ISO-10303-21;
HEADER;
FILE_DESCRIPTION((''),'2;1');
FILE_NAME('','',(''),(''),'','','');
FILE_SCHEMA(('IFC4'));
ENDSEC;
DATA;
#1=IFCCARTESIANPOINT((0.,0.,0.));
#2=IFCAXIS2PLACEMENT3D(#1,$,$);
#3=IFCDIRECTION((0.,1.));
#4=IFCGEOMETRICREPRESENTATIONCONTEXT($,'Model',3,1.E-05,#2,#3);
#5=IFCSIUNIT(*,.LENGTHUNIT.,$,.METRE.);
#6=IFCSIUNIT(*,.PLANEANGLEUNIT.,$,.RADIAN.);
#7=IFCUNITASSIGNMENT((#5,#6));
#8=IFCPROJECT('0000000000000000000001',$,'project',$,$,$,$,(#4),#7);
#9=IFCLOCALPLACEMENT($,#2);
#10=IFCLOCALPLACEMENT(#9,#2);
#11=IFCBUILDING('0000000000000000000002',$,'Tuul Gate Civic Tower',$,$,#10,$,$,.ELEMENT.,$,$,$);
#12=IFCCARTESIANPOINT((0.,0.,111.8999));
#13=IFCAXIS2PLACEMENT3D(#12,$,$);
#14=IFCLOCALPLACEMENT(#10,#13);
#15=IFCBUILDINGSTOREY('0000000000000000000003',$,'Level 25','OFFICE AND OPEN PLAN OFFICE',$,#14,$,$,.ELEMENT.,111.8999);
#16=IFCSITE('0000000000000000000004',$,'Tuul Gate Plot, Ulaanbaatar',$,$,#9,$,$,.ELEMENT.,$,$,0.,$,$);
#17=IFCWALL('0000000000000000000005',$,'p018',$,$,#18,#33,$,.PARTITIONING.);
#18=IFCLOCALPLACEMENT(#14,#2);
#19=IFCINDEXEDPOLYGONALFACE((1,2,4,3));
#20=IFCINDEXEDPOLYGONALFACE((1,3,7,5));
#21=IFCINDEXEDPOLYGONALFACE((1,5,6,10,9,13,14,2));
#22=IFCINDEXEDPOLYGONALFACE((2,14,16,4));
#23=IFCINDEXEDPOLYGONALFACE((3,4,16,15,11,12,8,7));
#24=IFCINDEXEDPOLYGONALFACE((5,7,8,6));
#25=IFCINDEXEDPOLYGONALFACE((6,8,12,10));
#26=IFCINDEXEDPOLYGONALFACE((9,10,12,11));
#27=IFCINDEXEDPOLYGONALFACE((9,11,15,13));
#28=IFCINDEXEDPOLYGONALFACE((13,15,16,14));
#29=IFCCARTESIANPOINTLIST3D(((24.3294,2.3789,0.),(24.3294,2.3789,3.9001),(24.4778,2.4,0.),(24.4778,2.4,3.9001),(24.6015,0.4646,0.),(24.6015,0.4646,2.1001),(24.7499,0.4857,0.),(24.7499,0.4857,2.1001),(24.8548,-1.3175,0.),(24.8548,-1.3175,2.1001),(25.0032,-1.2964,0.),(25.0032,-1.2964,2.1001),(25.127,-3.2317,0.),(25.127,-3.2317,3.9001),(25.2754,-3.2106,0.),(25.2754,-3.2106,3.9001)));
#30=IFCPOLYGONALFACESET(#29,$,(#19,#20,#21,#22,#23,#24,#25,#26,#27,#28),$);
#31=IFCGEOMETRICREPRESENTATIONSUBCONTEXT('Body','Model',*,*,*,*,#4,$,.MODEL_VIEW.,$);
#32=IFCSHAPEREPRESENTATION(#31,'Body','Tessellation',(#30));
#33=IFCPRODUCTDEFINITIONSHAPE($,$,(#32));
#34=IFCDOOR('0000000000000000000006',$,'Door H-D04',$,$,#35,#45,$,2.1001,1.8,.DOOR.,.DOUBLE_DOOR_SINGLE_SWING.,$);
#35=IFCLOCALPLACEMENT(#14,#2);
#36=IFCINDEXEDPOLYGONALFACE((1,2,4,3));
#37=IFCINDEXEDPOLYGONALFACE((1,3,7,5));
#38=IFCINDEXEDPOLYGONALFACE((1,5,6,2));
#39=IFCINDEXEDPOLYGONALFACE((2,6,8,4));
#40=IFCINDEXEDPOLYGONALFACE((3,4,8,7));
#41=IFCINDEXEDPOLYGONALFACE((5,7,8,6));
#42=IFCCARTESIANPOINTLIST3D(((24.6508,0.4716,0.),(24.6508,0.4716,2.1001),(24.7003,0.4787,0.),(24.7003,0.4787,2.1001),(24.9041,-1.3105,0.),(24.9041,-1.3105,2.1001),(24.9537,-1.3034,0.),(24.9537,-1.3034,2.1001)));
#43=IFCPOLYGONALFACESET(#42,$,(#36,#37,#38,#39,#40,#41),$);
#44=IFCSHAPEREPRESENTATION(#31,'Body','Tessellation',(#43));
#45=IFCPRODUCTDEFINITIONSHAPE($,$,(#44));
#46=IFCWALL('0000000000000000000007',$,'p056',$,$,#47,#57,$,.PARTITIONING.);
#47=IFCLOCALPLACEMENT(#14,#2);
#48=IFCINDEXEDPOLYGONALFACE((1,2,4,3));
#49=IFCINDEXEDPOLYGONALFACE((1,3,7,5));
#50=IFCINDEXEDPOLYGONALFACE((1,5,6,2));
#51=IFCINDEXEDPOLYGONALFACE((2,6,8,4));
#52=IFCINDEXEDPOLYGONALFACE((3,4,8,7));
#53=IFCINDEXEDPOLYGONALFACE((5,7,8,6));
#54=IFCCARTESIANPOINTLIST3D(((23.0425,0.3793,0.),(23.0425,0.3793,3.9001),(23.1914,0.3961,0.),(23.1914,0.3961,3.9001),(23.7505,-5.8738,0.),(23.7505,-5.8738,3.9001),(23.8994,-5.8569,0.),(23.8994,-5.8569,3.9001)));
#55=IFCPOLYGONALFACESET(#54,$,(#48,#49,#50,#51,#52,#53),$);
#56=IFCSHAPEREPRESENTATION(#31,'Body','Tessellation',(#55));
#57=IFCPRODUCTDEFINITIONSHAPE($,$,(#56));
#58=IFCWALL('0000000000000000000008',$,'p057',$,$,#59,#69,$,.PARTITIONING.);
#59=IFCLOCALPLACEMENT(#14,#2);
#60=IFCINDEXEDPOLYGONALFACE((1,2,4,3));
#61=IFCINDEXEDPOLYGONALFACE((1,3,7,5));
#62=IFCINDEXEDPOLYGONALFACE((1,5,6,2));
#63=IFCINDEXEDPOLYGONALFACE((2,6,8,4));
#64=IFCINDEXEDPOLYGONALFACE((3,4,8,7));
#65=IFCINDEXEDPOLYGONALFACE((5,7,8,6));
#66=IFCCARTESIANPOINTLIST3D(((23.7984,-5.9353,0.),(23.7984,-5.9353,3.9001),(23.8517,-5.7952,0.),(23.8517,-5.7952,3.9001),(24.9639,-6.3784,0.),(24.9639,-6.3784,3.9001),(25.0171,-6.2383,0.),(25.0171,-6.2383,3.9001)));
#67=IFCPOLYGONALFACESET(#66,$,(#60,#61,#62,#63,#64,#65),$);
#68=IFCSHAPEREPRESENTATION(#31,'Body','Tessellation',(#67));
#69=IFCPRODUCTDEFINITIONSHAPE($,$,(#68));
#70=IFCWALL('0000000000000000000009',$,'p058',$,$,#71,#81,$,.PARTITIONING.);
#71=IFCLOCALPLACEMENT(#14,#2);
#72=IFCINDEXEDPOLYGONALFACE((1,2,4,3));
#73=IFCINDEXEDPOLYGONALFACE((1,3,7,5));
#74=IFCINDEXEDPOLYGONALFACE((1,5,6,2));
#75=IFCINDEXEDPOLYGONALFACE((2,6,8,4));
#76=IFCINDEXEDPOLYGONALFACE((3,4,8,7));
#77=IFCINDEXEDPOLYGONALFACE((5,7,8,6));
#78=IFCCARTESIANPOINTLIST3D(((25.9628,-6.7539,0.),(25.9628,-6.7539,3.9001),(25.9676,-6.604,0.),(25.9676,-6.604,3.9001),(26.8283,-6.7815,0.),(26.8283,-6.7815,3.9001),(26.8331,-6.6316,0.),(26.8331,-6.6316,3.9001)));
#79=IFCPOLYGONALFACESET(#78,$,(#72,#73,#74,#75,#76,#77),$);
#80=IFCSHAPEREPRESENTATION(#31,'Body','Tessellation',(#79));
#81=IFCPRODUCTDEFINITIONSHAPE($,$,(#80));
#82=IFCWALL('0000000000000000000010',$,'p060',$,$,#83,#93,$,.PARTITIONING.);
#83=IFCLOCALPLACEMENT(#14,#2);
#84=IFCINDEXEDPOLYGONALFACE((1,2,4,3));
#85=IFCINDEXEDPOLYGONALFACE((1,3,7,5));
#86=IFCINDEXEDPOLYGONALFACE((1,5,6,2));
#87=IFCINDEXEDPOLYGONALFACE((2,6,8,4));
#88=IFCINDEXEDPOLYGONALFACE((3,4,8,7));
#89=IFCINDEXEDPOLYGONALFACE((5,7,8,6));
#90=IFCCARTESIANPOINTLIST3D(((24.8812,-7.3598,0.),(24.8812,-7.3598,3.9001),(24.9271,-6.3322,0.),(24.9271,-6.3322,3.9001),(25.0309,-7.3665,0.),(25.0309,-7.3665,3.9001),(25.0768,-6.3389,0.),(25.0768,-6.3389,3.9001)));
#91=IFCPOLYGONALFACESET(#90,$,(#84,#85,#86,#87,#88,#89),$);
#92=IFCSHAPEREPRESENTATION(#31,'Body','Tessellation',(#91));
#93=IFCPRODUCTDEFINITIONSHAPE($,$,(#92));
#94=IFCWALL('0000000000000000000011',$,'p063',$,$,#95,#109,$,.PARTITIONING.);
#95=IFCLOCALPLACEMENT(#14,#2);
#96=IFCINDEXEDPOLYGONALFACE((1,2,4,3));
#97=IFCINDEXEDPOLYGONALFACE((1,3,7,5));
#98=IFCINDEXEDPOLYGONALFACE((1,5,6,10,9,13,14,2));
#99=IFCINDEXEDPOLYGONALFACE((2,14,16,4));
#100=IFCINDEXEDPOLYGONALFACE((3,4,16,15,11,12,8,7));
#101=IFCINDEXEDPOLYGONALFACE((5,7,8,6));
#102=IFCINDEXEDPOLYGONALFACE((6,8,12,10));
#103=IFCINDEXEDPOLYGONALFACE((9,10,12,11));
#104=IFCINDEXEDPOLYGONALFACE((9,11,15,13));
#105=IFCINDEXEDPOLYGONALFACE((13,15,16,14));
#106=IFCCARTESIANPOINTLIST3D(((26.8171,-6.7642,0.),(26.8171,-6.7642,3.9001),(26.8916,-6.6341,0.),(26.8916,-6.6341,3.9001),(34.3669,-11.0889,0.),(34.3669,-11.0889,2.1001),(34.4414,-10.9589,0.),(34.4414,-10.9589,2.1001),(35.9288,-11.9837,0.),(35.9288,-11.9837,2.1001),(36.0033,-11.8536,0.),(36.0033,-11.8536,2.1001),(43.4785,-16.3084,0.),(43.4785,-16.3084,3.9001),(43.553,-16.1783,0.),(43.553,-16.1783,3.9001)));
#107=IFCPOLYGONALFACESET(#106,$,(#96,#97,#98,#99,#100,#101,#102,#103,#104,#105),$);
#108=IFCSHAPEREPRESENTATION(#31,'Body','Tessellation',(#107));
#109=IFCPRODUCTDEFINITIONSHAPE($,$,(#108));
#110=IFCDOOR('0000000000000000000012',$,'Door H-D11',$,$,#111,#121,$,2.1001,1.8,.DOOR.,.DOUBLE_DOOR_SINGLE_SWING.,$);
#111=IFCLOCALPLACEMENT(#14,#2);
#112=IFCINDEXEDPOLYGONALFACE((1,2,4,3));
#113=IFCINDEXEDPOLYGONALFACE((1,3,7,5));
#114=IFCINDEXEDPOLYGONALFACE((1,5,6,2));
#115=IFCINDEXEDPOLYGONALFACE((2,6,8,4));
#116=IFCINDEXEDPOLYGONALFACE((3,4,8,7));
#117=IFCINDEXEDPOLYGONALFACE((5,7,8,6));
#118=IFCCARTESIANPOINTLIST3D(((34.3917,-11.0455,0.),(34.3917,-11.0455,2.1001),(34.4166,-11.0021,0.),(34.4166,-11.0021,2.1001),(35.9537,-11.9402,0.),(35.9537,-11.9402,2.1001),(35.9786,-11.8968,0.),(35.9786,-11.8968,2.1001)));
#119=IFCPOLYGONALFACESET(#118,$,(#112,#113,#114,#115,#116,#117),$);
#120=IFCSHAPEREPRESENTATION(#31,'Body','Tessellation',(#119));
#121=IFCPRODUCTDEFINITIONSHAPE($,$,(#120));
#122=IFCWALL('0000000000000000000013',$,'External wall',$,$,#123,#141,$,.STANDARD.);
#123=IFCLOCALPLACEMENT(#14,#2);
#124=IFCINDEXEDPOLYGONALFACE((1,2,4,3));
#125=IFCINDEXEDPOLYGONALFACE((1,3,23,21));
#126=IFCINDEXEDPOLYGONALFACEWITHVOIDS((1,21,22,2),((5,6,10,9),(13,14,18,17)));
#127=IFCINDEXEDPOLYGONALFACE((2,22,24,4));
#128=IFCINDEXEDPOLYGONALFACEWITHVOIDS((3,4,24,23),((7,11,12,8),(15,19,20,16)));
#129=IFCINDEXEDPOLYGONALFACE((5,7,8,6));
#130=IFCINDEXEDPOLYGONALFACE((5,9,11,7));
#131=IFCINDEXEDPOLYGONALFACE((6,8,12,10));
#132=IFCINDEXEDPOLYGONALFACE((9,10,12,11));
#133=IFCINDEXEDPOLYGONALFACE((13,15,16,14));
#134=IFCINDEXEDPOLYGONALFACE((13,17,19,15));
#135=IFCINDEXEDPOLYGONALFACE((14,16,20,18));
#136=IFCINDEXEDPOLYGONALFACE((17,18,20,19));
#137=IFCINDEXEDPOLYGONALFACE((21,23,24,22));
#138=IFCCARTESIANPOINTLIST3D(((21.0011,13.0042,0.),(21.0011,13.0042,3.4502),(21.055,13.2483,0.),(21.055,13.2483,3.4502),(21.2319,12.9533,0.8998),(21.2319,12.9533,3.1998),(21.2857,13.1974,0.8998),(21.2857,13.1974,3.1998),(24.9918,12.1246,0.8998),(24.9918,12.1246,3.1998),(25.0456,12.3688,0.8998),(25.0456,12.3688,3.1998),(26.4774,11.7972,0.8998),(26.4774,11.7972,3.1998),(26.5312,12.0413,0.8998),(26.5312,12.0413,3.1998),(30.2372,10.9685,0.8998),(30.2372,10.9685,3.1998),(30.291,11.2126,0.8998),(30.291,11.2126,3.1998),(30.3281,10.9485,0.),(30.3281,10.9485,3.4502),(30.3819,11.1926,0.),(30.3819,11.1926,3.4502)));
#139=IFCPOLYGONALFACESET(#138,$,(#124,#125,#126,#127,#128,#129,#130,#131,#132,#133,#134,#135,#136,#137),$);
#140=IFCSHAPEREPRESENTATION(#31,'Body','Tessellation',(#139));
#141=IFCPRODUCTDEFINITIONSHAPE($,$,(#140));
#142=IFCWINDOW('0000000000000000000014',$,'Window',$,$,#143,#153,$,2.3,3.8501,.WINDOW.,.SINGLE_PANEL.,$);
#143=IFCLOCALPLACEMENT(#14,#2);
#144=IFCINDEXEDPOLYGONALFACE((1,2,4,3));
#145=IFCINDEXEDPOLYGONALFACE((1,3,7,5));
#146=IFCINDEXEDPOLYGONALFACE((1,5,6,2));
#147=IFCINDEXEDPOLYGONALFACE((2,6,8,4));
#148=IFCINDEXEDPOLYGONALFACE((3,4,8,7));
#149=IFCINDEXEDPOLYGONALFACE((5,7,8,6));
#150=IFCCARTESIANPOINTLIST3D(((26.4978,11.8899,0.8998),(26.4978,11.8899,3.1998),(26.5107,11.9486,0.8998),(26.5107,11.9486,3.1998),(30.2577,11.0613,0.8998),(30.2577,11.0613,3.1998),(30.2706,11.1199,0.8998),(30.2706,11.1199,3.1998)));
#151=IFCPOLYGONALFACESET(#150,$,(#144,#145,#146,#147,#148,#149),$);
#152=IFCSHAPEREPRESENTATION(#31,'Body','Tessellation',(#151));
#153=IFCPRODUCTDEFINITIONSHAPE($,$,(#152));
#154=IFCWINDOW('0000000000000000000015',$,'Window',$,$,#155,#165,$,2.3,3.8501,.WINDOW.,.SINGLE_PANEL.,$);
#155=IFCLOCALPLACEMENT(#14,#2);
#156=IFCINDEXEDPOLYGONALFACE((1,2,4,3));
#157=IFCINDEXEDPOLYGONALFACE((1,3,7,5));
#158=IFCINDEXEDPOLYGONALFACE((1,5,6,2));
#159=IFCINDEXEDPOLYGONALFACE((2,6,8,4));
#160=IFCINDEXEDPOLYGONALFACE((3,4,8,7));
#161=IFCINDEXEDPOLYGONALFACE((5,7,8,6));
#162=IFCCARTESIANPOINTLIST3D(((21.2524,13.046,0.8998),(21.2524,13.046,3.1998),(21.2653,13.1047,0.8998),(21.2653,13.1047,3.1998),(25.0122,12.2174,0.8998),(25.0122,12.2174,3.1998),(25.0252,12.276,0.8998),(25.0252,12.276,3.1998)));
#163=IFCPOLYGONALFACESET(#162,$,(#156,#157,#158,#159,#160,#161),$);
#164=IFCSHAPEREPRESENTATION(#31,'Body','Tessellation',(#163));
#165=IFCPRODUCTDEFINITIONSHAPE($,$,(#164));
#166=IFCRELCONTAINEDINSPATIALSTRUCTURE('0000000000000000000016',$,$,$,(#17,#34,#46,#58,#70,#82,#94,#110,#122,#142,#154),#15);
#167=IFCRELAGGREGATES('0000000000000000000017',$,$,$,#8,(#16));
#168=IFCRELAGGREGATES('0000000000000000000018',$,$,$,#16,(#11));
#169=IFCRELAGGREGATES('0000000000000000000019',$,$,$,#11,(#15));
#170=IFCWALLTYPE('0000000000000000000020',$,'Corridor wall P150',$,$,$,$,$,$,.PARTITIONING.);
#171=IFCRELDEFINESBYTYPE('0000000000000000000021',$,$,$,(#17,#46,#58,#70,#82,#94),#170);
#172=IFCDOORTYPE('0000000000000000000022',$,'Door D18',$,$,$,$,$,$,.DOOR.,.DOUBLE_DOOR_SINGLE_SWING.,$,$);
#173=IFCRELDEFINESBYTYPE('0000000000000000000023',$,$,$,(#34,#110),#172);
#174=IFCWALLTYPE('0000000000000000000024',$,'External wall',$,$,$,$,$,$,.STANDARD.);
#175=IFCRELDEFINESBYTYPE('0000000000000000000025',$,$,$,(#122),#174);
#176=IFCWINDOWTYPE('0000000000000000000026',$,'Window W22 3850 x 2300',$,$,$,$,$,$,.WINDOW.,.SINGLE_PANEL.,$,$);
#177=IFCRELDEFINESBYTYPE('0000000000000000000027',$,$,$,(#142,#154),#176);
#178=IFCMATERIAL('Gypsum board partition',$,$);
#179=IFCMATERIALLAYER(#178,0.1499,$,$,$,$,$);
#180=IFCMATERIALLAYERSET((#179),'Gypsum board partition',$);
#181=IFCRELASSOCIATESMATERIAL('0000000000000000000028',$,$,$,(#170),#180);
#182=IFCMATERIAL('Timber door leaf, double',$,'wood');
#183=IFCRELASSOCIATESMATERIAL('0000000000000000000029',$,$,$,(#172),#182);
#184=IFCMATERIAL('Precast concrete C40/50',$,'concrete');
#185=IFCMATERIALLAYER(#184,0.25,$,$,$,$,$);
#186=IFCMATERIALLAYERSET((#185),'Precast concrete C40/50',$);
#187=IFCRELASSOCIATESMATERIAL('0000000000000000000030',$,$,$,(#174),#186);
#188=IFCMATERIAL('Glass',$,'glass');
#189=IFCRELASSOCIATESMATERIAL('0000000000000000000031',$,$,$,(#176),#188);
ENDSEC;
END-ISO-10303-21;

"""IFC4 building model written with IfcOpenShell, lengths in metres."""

from ifc_helpers import new_model, si_unit, direction, frame, frame_2d, origin, place, context, subcontext, project, spatial, rectangle, extrude, material, layer, layer_set, type_object, element, fill, save


model = new_model("IFC4")

# Units and contexts
model_context = context("Model", 3, precision=1e-05, world=origin(), true_north=direction((0.0, 1.0)))
body_context = subcontext(model_context, "Body", "Model", "MODEL_VIEW")
ifc_project = project(units=[si_unit("LENGTHUNIT", "METRE"), si_unit("PLANEANGLEUNIT", "RADIAN")], contexts=[model_context])

# Site, building, storey
site_placement = place(None, origin())
site = spatial("IfcSite", under=ifc_project, at=site_placement, Name="Tuul Gate Plot, Ulaanbaatar", CompositionType="ELEMENT", RefElevation=0.0)
building_placement = place(site_placement, origin())
building = spatial("IfcBuilding", under=site, at=building_placement, Name="Tuul Gate Civic Tower", CompositionType="ELEMENT")
storey_placement = place(building_placement, frame((0.0, 0.0, 111.8999)))
storey = spatial("IfcBuildingStorey", under=building, at=storey_placement, Name="Level 25", Description="OFFICE AND OPEN PLAN OFFICE", CompositionType="ELEMENT", Elevation=111.8999)

# Shared definitions
ifc_material_1 = material(Name="Gypsum board partition")
ifc_layer_1 = layer(ifc_material_1, 0.1499)
ifc_layer_set_1 = layer_set([ifc_layer_1], Name="Gypsum board partition")
wall_type_1 = type_object("IfcWallType", Name="Corridor wall P150", PredefinedType="PARTITIONING", material=ifc_layer_set_1)

# Wall, opening, door
wall_1_placement = place(storey_placement, frame((24.4036, 2.3894, 0.0), z_axis=(0.0, 0.0, 1.0), x_axis=(0.140746, -0.990046, 0.0)))
wall_1 = element("IfcWall", 1, at=wall_1_placement, inside=storey, type_object=wall_type_1, Name="p018", PredefinedType="PARTITIONING", context=body_context, shape_type="SweptSolid", body=[
    extrude(rectangle(XDim=5.667, YDim=0.1499, at=frame_2d((2.8335, 0.0))), origin(), (0.0, 0.0, 1.0), 3.9001),
])
opening_1_placement = place(wall_1_placement, frame((1.9336, 0.0, 0.0)))
opening_1 = element("IfcOpeningElement", 2, at=opening_1_placement, cuts=wall_1, PredefinedType="OPENING", context=body_context, shape_type="SweptSolid", body=[
    extrude(rectangle(XDim=1.8, YDim=2.1001, at=frame_2d((0.8999, 1.05))), frame((0.0, 0.085, 0.0), z_axis=(0.0, -1.0, 0.0), x_axis=(1.0, 0.0, 0.0)), (0.0, 0.0, 1.0), 0.1699),
])
ifc_material_2 = material(Name="Timber door leaf, double", Category="wood")
door_type_1 = type_object("IfcDoorType", Name="Door D18", OperationType="DOUBLE_DOOR_SINGLE_SWING", PredefinedType="DOOR", material=ifc_material_2)
door_1_placement = place(opening_1_placement, origin())
door_1 = element("IfcDoor", 3, at=door_1_placement, inside=storey, type_object=door_type_1, Name="Door H-D04", OperationType="DOUBLE_DOOR_SINGLE_SWING", OverallHeight=2.1001, OverallWidth=1.8, PredefinedType="DOOR", context=body_context, shape_type="SweptSolid", body=[
    extrude(rectangle(XDim=1.8, YDim=2.1001, at=frame_2d((0.8999, 1.05))), frame((0.0, 0.0249, 0.0), z_axis=(0.0, -1.0, 0.0), x_axis=(1.0, 0.0, 0.0)), (0.0, 0.0, 1.0), 0.05),
])
fill(opening_1, door_1)

# Walls
wall_2_placement = place(storey_placement, frame((23.1169, 0.3877, 0.0), z_axis=(0.0, 0.0, 1.0), x_axis=(0.112509, -0.993651, 0.0)))
element("IfcWall", 4, at=wall_2_placement, inside=storey, type_object=wall_type_1, Name="p056", PredefinedType="PARTITIONING", context=body_context, shape_type="SweptSolid", body=[
    extrude(rectangle(XDim=6.293, YDim=0.1499, at=frame_2d((3.1465, 0.0))), origin(), (0.0, 0.0, 1.0), 3.9001),
])
wall_3_placement = place(storey_placement, frame((23.825, -5.8652, 0.0), z_axis=(0.0, 0.0, 1.0), x_axis=(0.934726, -0.355368, 0.0)))
element("IfcWall", 5, at=wall_3_placement, inside=storey, type_object=wall_type_1, Name="p057", PredefinedType="PARTITIONING", context=body_context, shape_type="SweptSolid", body=[
    extrude(rectangle(XDim=1.2468, YDim=0.1499, at=frame_2d((0.6235, 0.0))), origin(), (0.0, 0.0, 1.0), 3.9001),
])
wall_4_placement = place(storey_placement, frame((25.9651, -6.679, 0.0), z_axis=(0.0, 0.0, 1.0), x_axis=(0.999492, -0.03186, 0.0)))
element("IfcWall", 6, at=wall_4_placement, inside=storey, type_object=wall_type_1, Name="p058", PredefinedType="PARTITIONING", context=body_context, shape_type="SweptSolid", body=[
    extrude(rectangle(XDim=0.866, YDim=0.1499, at=frame_2d((0.4331, 0.0))), origin(), (0.0, 0.0, 1.0), 3.9001),
])
wall_5_placement = place(storey_placement, frame((25.002, -6.3357, 0.0), z_axis=(0.0, 0.0, 1.0), x_axis=(-0.044622, -0.999004, 0.0)))
element("IfcWall", 7, at=wall_5_placement, inside=storey, type_object=wall_type_1, Name="p060", PredefinedType="PARTITIONING", context=body_context, shape_type="SweptSolid", body=[
    extrude(rectangle(XDim=1.0286, YDim=0.1499, at=frame_2d((0.5142, 0.0))), origin(), (0.0, 0.0, 1.0), 3.9001),
])

# Wall, opening, door
wall_6_placement = place(storey_placement, frame((26.8545, -6.6992, 0.0), z_axis=(0.0, 0.0, 1.0), x_axis=(0.867718, -0.497057, 0.0)))
wall_6 = element("IfcWall", 8, at=wall_6_placement, inside=storey, type_object=wall_type_1, Name="p063", PredefinedType="PARTITIONING", context=body_context, shape_type="SweptSolid", body=[
    extrude(rectangle(XDim=19.2014, YDim=0.1499, at=frame_2d((9.6006, 0.0))), origin(), (0.0, 0.0, 1.0), 3.9001),
])
opening_2_placement = place(wall_6_placement, frame((8.7007, 0.0, 0.0)))
opening_2 = element("IfcOpeningElement", 9, at=opening_2_placement, cuts=wall_6, PredefinedType="OPENING", context=body_context, shape_type="SweptSolid", body=[
    extrude(rectangle(XDim=1.8, YDim=2.1001, at=frame_2d((0.8999, 1.05))), frame((0.0, 0.085, 0.0), z_axis=(0.0, -1.0, 0.0), x_axis=(1.0, 0.0, 0.0)), (0.0, 0.0, 1.0), 0.1699),
])
door_2_placement = place(opening_2_placement, frame((1.8, 0.0, 0.0), z_axis=(0.0, 0.0, 1.0), x_axis=(-1.0, 0.0, 0.0)))
door_2 = element("IfcDoor", 10, at=door_2_placement, inside=storey, type_object=door_type_1, Name="Door H-D11", OperationType="DOUBLE_DOOR_SINGLE_SWING", OverallHeight=2.1001, OverallWidth=1.8, PredefinedType="DOOR", context=body_context, shape_type="SweptSolid", body=[
    extrude(rectangle(XDim=1.8, YDim=2.1001, at=frame_2d((0.9001, 1.05))), frame((0.0, 0.0249, 0.0), z_axis=(0.0, -1.0, 0.0), x_axis=(1.0, 0.0, 0.0)), (0.0, 0.0, 1.0), 0.05),
])
fill(opening_2, door_2)

# Wall, openings, windows
ifc_material_3 = material(Name="Precast concrete C40/50", Category="concrete")
ifc_layer_2 = layer(ifc_material_3, 0.25)
ifc_layer_set_2 = layer_set([ifc_layer_2], Name="Precast concrete C40/50")
wall_type_2 = type_object("IfcWallType", Name="External wall", PredefinedType="STANDARD", material=ifc_layer_set_2)
wall_7_placement = place(storey_placement, frame((30.355, 11.0706, 0.0), z_axis=(0.0, 0.0, 1.0), x_axis=(-0.976562, 0.215236, 0.0)))
wall_7 = element("IfcWall", 11, at=wall_7_placement, inside=storey, type_object=wall_type_2, Name="External wall", PredefinedType="STANDARD", context=body_context, shape_type="SweptSolid", body=[
    extrude(rectangle(XDim=9.5508, YDim=0.25, at=frame_2d((4.7754, 0.0))), origin(), (0.0, 0.0, 1.0), 3.4502),
])
opening_3_placement = place(wall_7_placement, frame((0.093, 0.0, 0.8999)))
opening_3 = element("IfcOpeningElement", 12, at=opening_3_placement, cuts=wall_7, PredefinedType="OPENING", context=body_context, shape_type="SweptSolid", body=[
    extrude(rectangle(XDim=3.8501, YDim=2.3, at=frame_2d((1.925, 1.1499))), frame((0.0, 0.135, 0.0), z_axis=(0.0, -1.0, 0.0), x_axis=(1.0, 0.0, 0.0)), (0.0, 0.0, 1.0), 0.27),
])
opening_4_placement = place(wall_7_placement, frame((5.4644, 0.0, 0.8999)))
opening_4 = element("IfcOpeningElement", 13, at=opening_4_placement, cuts=wall_7, PredefinedType="OPENING", context=body_context, shape_type="SweptSolid", body=[
    extrude(rectangle(XDim=3.8501, YDim=2.3, at=frame_2d((1.925, 1.1499))), frame((0.0, 0.135, 0.0), z_axis=(0.0, -1.0, 0.0), x_axis=(1.0, 0.0, 0.0)), (0.0, 0.0, 1.0), 0.27),
])
ifc_material_4 = material(Name="Glass", Category="glass")
window_type = type_object("IfcWindowType", Name="Window W22 3850 x 2300", PartitioningType="SINGLE_PANEL", PredefinedType="WINDOW", material=ifc_material_4)
window_1_placement = place(opening_3_placement, origin())
window_1 = element("IfcWindow", 14, at=window_1_placement, inside=storey, type_object=window_type, Name="Window", OverallHeight=2.3, OverallWidth=3.8501, PartitioningType="SINGLE_PANEL", PredefinedType="WINDOW", context=body_context, shape_type="SweptSolid", body=[
    extrude(rectangle(XDim=3.8501, YDim=2.3, at=frame_2d((1.925, 1.1499))), frame((0.0, 0.03, 0.0), z_axis=(0.0, -1.0, 0.0), x_axis=(1.0, 0.0, 0.0)), (0.0, 0.0, 1.0), 0.0601),
])
fill(opening_3, window_1)
window_2_placement = place(opening_4_placement, origin())
window_2 = element("IfcWindow", 15, at=window_2_placement, inside=storey, type_object=window_type, Name="Window", OverallHeight=2.3, OverallWidth=3.8501, PartitioningType="SINGLE_PANEL", PredefinedType="WINDOW", context=body_context, shape_type="SweptSolid", body=[
    extrude(rectangle(XDim=3.8501, YDim=2.3, at=frame_2d((1.925, 1.1499))), frame((0.0, 0.03, 0.0), z_axis=(0.0, -1.0, 0.0), x_axis=(1.0, 0.0, 0.0)), (0.0, 0.0, 1.0), 0.0601),
])
fill(opening_4, window_2)

save(model, "model.ifc")
